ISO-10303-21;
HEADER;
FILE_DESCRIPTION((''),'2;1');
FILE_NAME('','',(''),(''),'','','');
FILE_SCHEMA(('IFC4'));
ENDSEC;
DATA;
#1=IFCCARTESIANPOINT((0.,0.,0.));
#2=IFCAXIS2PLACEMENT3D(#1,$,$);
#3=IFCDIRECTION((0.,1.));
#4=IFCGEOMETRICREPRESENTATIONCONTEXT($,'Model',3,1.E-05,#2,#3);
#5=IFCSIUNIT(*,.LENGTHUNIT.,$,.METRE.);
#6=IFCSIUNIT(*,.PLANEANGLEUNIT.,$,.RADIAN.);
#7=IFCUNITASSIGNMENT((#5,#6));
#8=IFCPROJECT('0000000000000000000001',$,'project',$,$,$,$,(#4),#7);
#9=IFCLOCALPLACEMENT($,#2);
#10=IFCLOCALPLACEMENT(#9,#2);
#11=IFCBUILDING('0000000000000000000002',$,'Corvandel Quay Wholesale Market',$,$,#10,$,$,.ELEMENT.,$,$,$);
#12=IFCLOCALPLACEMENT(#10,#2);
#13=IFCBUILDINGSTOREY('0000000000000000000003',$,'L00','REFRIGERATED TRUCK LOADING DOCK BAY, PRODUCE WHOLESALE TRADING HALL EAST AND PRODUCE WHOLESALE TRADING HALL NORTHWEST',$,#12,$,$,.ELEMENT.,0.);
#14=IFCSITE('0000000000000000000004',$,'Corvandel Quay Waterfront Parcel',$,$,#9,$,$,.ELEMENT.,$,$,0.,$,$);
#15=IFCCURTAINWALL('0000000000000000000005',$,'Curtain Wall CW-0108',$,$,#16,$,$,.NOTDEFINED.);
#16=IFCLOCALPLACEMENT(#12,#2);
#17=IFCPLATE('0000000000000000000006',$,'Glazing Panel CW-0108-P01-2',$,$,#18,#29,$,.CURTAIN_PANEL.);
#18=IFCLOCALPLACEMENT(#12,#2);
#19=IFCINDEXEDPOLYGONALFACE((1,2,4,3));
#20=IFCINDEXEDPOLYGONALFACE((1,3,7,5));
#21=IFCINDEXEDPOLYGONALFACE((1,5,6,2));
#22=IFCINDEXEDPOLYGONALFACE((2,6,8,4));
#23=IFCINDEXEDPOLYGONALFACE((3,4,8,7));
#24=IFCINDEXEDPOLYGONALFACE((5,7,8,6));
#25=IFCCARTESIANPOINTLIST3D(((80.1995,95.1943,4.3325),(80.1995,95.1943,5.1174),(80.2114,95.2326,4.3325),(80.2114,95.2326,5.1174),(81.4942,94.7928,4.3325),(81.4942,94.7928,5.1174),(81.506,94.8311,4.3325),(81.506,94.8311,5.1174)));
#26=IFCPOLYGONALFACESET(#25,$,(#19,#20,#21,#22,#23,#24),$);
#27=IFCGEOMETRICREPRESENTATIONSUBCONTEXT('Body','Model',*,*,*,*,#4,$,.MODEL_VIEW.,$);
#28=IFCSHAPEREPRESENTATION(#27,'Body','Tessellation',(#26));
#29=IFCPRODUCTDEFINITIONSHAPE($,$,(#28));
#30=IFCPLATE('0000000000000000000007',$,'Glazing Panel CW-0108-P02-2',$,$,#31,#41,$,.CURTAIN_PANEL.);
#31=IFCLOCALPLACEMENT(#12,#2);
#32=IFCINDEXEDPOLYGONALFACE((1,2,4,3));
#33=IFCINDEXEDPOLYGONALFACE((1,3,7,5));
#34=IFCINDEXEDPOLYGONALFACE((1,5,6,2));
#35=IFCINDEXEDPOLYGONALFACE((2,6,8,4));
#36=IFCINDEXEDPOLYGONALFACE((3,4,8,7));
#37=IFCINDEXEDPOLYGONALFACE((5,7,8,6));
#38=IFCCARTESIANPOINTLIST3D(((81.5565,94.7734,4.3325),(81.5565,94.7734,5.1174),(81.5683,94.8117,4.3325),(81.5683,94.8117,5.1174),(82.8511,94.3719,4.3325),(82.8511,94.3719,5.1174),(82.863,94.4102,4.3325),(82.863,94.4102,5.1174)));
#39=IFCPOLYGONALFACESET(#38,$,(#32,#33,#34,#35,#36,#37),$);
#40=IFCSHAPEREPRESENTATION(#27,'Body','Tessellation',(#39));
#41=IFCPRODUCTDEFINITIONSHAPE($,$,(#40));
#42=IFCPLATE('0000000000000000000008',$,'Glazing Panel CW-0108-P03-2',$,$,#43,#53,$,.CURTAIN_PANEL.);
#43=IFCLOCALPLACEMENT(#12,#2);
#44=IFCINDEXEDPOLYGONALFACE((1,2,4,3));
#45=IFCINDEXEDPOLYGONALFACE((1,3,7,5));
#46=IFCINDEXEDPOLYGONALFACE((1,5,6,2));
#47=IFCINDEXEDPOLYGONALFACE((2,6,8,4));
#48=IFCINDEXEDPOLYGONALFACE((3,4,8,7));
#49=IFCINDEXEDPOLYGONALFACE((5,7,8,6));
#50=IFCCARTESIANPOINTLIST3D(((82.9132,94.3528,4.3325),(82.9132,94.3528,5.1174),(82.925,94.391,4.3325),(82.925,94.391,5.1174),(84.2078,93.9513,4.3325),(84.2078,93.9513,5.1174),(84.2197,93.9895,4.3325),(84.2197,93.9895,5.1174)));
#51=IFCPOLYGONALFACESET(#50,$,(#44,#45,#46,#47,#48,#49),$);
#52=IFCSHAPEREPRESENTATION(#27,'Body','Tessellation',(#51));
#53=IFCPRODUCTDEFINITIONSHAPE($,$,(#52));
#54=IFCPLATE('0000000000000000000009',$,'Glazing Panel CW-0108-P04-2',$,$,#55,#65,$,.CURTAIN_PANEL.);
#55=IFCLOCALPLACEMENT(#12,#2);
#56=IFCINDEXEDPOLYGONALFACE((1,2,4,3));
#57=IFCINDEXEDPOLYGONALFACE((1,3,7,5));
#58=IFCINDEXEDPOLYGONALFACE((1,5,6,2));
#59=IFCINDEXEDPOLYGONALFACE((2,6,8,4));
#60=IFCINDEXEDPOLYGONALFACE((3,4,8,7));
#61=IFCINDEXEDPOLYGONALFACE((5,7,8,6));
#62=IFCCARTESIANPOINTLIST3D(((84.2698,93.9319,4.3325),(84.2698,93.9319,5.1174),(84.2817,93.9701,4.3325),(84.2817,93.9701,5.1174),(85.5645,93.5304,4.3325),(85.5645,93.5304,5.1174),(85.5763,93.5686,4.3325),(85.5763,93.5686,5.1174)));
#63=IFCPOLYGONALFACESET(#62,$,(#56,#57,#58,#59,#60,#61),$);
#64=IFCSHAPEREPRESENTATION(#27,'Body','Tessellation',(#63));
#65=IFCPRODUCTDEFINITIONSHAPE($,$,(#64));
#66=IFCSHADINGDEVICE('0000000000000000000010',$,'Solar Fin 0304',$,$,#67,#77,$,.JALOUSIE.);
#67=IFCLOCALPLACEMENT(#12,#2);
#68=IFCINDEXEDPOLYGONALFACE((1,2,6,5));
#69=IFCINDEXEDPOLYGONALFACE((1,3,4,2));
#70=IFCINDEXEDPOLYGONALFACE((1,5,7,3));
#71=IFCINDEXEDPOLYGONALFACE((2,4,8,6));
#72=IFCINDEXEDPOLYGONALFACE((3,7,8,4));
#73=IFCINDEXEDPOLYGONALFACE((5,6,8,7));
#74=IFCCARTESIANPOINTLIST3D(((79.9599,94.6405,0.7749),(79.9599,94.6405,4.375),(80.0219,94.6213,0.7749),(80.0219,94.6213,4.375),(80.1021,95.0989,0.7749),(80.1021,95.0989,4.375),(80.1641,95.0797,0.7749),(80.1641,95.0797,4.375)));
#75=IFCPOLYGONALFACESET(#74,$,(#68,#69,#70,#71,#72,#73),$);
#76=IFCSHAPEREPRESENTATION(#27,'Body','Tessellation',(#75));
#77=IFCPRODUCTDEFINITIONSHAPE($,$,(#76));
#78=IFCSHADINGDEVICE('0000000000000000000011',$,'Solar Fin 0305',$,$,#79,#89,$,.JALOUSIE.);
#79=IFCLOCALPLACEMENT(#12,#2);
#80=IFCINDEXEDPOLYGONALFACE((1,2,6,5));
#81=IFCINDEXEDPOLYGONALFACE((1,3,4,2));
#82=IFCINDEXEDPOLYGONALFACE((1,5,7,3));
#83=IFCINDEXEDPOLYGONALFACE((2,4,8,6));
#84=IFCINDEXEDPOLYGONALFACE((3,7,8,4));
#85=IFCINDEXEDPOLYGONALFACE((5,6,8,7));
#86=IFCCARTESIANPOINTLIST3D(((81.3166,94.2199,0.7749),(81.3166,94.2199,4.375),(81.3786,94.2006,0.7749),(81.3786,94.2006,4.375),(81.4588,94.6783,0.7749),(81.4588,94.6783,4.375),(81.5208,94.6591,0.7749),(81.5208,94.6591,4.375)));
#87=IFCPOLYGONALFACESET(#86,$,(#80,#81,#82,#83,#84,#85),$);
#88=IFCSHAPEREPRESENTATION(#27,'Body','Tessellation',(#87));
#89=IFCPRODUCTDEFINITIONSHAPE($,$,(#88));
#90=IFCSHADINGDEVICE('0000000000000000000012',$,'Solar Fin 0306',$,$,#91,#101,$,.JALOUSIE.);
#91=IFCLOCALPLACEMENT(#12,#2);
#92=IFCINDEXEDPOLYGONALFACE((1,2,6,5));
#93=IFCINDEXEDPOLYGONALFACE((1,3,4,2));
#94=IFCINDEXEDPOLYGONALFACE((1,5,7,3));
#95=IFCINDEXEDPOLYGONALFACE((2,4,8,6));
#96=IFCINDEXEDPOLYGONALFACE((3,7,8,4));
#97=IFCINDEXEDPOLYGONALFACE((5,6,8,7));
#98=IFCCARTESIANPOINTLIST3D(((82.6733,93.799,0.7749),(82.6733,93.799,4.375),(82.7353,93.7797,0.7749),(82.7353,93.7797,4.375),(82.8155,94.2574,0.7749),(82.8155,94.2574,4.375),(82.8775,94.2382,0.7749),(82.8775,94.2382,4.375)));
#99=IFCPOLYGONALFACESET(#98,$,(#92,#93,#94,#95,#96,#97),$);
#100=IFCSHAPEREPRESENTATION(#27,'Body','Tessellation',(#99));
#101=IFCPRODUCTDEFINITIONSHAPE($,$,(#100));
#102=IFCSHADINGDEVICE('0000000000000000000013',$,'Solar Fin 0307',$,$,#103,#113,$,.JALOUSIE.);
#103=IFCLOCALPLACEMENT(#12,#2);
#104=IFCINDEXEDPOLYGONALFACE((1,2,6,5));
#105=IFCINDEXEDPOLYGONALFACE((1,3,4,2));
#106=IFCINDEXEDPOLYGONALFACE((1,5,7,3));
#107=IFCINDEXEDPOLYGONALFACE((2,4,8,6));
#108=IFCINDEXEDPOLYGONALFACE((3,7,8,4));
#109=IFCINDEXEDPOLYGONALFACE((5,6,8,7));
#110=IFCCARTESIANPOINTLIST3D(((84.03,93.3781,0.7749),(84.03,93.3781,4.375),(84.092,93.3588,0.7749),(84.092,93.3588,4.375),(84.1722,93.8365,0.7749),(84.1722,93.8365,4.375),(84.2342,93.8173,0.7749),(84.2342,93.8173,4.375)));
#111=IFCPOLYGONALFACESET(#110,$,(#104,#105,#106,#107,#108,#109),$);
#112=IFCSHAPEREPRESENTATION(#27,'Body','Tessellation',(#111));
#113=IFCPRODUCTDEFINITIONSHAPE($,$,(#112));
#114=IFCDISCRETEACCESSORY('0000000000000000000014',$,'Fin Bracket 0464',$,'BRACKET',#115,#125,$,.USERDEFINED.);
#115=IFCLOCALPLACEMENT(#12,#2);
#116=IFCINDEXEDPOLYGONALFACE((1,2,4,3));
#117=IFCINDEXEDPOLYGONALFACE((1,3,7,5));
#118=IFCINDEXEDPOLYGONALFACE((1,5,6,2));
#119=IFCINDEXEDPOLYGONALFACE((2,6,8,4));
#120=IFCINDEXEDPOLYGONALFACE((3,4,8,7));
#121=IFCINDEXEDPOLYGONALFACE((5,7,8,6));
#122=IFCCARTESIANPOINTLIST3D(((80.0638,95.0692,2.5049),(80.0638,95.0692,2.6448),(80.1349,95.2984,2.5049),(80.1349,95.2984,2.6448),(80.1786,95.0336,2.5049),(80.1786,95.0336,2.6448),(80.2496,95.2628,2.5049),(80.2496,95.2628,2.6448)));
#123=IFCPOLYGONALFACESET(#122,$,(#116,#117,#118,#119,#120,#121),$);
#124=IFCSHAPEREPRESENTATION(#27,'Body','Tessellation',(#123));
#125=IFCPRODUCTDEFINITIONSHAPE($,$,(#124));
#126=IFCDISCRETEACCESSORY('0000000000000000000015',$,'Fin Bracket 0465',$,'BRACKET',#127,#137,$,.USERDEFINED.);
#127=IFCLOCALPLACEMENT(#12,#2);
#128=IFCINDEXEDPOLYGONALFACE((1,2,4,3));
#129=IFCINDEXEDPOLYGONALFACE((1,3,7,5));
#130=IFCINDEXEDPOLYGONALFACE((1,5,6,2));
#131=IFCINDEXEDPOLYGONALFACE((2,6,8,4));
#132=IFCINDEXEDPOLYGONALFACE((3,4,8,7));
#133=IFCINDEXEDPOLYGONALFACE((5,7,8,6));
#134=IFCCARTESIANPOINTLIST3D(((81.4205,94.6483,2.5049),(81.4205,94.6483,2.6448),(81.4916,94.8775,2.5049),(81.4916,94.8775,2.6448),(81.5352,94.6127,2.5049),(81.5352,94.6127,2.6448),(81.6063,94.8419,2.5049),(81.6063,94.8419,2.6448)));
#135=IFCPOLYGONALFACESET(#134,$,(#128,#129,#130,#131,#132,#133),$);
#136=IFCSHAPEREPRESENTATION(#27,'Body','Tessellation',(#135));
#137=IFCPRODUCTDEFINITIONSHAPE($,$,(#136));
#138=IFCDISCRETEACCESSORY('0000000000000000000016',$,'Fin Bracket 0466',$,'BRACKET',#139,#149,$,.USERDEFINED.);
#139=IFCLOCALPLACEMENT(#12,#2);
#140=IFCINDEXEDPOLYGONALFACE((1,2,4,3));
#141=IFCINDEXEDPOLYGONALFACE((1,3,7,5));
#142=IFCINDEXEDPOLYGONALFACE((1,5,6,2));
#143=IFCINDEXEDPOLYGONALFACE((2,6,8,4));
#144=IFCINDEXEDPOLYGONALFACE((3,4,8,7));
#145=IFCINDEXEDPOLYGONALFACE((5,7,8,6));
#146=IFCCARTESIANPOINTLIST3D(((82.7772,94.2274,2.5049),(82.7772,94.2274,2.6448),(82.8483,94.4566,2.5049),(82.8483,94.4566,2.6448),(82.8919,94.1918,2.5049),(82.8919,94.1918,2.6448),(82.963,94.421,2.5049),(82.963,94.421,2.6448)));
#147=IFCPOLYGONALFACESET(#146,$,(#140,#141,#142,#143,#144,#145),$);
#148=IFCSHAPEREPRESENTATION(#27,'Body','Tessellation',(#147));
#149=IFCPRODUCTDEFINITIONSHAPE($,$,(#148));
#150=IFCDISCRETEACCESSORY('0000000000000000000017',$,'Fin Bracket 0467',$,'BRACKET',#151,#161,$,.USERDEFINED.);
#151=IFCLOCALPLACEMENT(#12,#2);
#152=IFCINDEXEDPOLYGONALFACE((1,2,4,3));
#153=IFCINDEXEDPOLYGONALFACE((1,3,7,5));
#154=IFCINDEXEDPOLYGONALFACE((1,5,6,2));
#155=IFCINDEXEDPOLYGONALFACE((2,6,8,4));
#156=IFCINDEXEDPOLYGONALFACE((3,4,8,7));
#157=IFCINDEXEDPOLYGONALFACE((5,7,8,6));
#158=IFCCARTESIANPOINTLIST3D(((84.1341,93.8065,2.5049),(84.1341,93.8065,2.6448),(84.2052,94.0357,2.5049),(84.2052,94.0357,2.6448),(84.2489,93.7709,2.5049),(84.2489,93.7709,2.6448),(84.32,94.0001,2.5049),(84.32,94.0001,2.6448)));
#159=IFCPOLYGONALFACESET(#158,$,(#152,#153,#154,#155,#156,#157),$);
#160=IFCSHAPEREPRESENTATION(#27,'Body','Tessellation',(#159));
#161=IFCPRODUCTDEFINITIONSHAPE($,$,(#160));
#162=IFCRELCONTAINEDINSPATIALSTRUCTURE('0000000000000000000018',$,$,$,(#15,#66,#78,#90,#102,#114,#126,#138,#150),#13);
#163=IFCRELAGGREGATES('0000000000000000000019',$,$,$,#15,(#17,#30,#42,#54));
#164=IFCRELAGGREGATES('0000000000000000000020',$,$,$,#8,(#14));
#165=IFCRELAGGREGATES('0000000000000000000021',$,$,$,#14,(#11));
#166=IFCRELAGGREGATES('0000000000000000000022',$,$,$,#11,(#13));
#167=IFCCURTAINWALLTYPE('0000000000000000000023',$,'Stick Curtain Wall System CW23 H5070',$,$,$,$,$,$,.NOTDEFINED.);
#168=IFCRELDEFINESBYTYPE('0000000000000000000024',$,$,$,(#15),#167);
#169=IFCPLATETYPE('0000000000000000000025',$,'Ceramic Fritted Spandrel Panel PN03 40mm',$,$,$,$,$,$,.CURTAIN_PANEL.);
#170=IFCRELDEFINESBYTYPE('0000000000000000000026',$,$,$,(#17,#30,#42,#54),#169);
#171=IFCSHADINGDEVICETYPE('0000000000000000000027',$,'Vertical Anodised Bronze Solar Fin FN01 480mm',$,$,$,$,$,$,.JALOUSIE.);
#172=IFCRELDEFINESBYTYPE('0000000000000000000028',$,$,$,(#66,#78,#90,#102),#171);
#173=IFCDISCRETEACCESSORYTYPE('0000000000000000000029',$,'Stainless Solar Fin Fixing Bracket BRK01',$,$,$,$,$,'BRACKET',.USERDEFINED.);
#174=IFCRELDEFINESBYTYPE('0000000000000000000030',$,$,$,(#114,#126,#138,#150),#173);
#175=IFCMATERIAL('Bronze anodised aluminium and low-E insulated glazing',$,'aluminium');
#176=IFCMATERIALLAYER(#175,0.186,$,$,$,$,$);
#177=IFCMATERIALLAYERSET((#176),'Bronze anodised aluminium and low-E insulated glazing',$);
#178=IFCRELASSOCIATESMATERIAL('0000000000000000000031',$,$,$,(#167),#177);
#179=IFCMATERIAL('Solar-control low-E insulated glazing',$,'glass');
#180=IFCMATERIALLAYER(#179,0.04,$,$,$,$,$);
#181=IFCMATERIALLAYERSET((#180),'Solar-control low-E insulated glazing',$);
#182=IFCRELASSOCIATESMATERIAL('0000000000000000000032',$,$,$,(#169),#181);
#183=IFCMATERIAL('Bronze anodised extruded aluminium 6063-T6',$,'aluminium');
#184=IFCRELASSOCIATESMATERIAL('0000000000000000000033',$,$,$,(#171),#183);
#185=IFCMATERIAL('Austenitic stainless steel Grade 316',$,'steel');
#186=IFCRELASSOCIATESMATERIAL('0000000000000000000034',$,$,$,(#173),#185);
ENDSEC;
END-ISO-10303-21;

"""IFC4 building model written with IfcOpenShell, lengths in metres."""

from ifc_helpers import new_model, si_unit, direction, frame, origin, origin_2d, place, context, subcontext, project, spatial, rectangle, extrude, material, layer, layer_set, type_object, element, aggregate, save


model = new_model("IFC4")

# Units and contexts
model_context = context("Model", 3, precision=1e-05, world=origin(), true_north=direction((0.0, 1.0)))
body_context = subcontext(model_context, "Body", "Model", "MODEL_VIEW")
ifc_project = project(units=[si_unit("LENGTHUNIT", "METRE"), si_unit("PLANEANGLEUNIT", "RADIAN")], contexts=[model_context])

# Site, building, storey
site_placement = place(None, origin())
site = spatial("IfcSite", under=ifc_project, at=site_placement, Name="Corvandel Quay Waterfront Parcel", CompositionType="ELEMENT", RefElevation=0.0)
building_placement = place(site_placement, origin())
building = spatial("IfcBuilding", under=site, at=building_placement, Name="Corvandel Quay Wholesale Market", CompositionType="ELEMENT")
storey_placement = place(building_placement, origin())
storey = spatial("IfcBuildingStorey", under=building, at=storey_placement, Name="L00", Description="REFRIGERATED TRUCK LOADING DOCK BAY, PRODUCE WHOLESALE TRADING HALL EAST AND PRODUCE WHOLESALE TRADING HALL NORTHWEST", CompositionType="ELEMENT", Elevation=0.0)

# Curtain wall, plates
ifc_material_1 = material(Name="Bronze anodised aluminium and low-E insulated glazing", Category="aluminium")
ifc_layer_1 = layer(ifc_material_1, 0.186)
ifc_layer_set_1 = layer_set([ifc_layer_1], Name="Bronze anodised aluminium and low-E insulated glazing")
curtain_wall_type = type_object("IfcCurtainWallType", Name="Stick Curtain Wall System CW23 H5070", PredefinedType="NOTDEFINED", material=ifc_layer_set_1)
curtain_wall_placement = place(storey_placement, origin())
curtain_wall = element("IfcCurtainWall", 1, at=curtain_wall_placement, inside=storey, type_object=curtain_wall_type, Name="Curtain Wall CW-0108", PredefinedType="NOTDEFINED")
ifc_material_2 = material(Name="Solar-control low-E insulated glazing", Category="glass")
ifc_layer_2 = layer(ifc_material_2, 0.04)
ifc_layer_set_2 = layer_set([ifc_layer_2], Name="Solar-control low-E insulated glazing")
plate_type_1 = type_object("IfcPlateType", Name="Ceramic Fritted Spandrel Panel PN03 40mm", PredefinedType="CURTAIN_PANEL", material=ifc_layer_set_2)
plate_1_placement = place(storey_placement, frame((80.8528, 95.0127, 4.3325), z_axis=(0.0, 0.0, 1.0), x_axis=(-0.955123, 0.296208, 0.0)))
plate_1 = element("IfcPlate", 2, at=plate_1_placement, type_object=plate_type_1, Name="Glazing Panel CW-0108-P01-2", PredefinedType="CURTAIN_PANEL", context=body_context, shape_type="SweptSolid", body=[
    extrude(rectangle(XDim=1.3555, YDim=0.04, at=origin_2d()), origin(), (0.0, 0.0, 1.0), 0.7849),
])
plate_2_placement = place(storey_placement, frame((82.2097, 94.5918, 4.3325), z_axis=(0.0, 0.0, 1.0), x_axis=(-0.955123, 0.296208, 0.0)))
plate_2 = element("IfcPlate", 3, at=plate_2_placement, type_object=plate_type_1, Name="Glazing Panel CW-0108-P02-2", PredefinedType="CURTAIN_PANEL", context=body_context, shape_type="SweptSolid", body=[
    extrude(rectangle(XDim=1.3555, YDim=0.04, at=origin_2d()), origin(), (0.0, 0.0, 1.0), 0.7849),
])
plate_3_placement = place(storey_placement, frame((83.5664, 94.1711, 4.3325), z_axis=(0.0, 0.0, 1.0), x_axis=(-0.955123, 0.296208, 0.0)))
plate_3 = element("IfcPlate", 4, at=plate_3_placement, type_object=plate_type_1, Name="Glazing Panel CW-0108-P03-2", PredefinedType="CURTAIN_PANEL", context=body_context, shape_type="SweptSolid", body=[
    extrude(rectangle(XDim=1.3555, YDim=0.04, at=origin_2d()), origin(), (0.0, 0.0, 1.0), 0.7849),
])
plate_4_placement = place(storey_placement, frame((84.9231, 93.7502, 4.3325), z_axis=(0.0, 0.0, 1.0), x_axis=(-0.955123, 0.296208, 0.0)))
plate_4 = element("IfcPlate", 5, at=plate_4_placement, type_object=plate_type_1, Name="Glazing Panel CW-0108-P04-2", PredefinedType="CURTAIN_PANEL", context=body_context, shape_type="SweptSolid", body=[
    extrude(rectangle(XDim=1.3555, YDim=0.04, at=origin_2d()), origin(), (0.0, 0.0, 1.0), 0.7849),
])
aggregate(curtain_wall, [plate_1, plate_2, plate_3, plate_4])

# Shading devices
ifc_material_3 = material(Name="Bronze anodised extruded aluminium 6063-T6", Category="aluminium")
shading_device_type = type_object("IfcShadingDeviceType", Name="Vertical Anodised Bronze Solar Fin FN01 480mm", PredefinedType="JALOUSIE", material=ifc_material_3)
for number, where, z_axis, x_axis, name in (
    (6, (80.062, 94.8601, 0.7749), (0.0, 0.0, 1.0), (0.296208, 0.955123, 0.0), "Solar Fin 0304"),
    (7, (81.4187, 94.4395, 0.7749), (0.0, 0.0, 1.0), (0.296208, 0.955123, 0.0), "Solar Fin 0305"),
    (8, (82.7754, 94.0186, 0.7749), (0.0, 0.0, 1.0), (0.296208, 0.955123, 0.0), "Solar Fin 0306"),
    (9, (84.1321, 93.5977, 0.7749), (0.0, 0.0, 1.0), (0.296208, 0.955123, 0.0), "Solar Fin 0307"),
):
    element("IfcShadingDevice", number, at=place(storey_placement, frame(where, z_axis=z_axis, x_axis=x_axis)), inside=storey, type_object=shading_device_type, Name=name, PredefinedType="JALOUSIE", context=body_context, shape_type="SweptSolid", body=[
        extrude(rectangle(XDim=0.48, YDim=0.0649, at=origin_2d()), origin(), (0.0, 0.0, 1.0), 3.6001),
    ])

# Discrete accessories
ifc_material_4 = material(Name="Austenitic stainless steel Grade 316", Category="steel")
discrete_accessory_type = type_object("IfcDiscreteAccessoryType", Name="Stainless Solar Fin Fixing Bracket BRK01", ElementType="BRACKET", PredefinedType="USERDEFINED", material=ifc_material_4)
for number, where, z_axis, x_axis, name in (
    (10, (80.1567, 95.166, 2.5049), (0.0, 0.0, 1.0), (0.296208, 0.955123, 0.0), "Fin Bracket 0464"),
    (11, (81.5134, 94.7451, 2.5049), (0.0, 0.0, 1.0), (0.296208, 0.955123, 0.0), "Fin Bracket 0465"),
    (12, (82.8701, 94.3242, 2.5049), (0.0, 0.0, 1.0), (0.296208, 0.955123, 0.0), "Fin Bracket 0466"),
    (13, (84.2271, 93.9033, 2.5049), (0.0, 0.0, 1.0), (0.296208, 0.955123, 0.0), "Fin Bracket 0467"),
):
    element("IfcDiscreteAccessory", number, at=place(storey_placement, frame(where, z_axis=z_axis, x_axis=x_axis)), inside=storey, type_object=discrete_accessory_type, Name=name, ObjectType="BRACKET", PredefinedType="USERDEFINED", context=body_context, shape_type="SweptSolid", body=[
        extrude(rectangle(XDim=0.24, YDim=0.1201, at=origin_2d()), origin(), (0.0, 0.0, 1.0), 0.1399),
    ])

save(model, "model.ifc")
